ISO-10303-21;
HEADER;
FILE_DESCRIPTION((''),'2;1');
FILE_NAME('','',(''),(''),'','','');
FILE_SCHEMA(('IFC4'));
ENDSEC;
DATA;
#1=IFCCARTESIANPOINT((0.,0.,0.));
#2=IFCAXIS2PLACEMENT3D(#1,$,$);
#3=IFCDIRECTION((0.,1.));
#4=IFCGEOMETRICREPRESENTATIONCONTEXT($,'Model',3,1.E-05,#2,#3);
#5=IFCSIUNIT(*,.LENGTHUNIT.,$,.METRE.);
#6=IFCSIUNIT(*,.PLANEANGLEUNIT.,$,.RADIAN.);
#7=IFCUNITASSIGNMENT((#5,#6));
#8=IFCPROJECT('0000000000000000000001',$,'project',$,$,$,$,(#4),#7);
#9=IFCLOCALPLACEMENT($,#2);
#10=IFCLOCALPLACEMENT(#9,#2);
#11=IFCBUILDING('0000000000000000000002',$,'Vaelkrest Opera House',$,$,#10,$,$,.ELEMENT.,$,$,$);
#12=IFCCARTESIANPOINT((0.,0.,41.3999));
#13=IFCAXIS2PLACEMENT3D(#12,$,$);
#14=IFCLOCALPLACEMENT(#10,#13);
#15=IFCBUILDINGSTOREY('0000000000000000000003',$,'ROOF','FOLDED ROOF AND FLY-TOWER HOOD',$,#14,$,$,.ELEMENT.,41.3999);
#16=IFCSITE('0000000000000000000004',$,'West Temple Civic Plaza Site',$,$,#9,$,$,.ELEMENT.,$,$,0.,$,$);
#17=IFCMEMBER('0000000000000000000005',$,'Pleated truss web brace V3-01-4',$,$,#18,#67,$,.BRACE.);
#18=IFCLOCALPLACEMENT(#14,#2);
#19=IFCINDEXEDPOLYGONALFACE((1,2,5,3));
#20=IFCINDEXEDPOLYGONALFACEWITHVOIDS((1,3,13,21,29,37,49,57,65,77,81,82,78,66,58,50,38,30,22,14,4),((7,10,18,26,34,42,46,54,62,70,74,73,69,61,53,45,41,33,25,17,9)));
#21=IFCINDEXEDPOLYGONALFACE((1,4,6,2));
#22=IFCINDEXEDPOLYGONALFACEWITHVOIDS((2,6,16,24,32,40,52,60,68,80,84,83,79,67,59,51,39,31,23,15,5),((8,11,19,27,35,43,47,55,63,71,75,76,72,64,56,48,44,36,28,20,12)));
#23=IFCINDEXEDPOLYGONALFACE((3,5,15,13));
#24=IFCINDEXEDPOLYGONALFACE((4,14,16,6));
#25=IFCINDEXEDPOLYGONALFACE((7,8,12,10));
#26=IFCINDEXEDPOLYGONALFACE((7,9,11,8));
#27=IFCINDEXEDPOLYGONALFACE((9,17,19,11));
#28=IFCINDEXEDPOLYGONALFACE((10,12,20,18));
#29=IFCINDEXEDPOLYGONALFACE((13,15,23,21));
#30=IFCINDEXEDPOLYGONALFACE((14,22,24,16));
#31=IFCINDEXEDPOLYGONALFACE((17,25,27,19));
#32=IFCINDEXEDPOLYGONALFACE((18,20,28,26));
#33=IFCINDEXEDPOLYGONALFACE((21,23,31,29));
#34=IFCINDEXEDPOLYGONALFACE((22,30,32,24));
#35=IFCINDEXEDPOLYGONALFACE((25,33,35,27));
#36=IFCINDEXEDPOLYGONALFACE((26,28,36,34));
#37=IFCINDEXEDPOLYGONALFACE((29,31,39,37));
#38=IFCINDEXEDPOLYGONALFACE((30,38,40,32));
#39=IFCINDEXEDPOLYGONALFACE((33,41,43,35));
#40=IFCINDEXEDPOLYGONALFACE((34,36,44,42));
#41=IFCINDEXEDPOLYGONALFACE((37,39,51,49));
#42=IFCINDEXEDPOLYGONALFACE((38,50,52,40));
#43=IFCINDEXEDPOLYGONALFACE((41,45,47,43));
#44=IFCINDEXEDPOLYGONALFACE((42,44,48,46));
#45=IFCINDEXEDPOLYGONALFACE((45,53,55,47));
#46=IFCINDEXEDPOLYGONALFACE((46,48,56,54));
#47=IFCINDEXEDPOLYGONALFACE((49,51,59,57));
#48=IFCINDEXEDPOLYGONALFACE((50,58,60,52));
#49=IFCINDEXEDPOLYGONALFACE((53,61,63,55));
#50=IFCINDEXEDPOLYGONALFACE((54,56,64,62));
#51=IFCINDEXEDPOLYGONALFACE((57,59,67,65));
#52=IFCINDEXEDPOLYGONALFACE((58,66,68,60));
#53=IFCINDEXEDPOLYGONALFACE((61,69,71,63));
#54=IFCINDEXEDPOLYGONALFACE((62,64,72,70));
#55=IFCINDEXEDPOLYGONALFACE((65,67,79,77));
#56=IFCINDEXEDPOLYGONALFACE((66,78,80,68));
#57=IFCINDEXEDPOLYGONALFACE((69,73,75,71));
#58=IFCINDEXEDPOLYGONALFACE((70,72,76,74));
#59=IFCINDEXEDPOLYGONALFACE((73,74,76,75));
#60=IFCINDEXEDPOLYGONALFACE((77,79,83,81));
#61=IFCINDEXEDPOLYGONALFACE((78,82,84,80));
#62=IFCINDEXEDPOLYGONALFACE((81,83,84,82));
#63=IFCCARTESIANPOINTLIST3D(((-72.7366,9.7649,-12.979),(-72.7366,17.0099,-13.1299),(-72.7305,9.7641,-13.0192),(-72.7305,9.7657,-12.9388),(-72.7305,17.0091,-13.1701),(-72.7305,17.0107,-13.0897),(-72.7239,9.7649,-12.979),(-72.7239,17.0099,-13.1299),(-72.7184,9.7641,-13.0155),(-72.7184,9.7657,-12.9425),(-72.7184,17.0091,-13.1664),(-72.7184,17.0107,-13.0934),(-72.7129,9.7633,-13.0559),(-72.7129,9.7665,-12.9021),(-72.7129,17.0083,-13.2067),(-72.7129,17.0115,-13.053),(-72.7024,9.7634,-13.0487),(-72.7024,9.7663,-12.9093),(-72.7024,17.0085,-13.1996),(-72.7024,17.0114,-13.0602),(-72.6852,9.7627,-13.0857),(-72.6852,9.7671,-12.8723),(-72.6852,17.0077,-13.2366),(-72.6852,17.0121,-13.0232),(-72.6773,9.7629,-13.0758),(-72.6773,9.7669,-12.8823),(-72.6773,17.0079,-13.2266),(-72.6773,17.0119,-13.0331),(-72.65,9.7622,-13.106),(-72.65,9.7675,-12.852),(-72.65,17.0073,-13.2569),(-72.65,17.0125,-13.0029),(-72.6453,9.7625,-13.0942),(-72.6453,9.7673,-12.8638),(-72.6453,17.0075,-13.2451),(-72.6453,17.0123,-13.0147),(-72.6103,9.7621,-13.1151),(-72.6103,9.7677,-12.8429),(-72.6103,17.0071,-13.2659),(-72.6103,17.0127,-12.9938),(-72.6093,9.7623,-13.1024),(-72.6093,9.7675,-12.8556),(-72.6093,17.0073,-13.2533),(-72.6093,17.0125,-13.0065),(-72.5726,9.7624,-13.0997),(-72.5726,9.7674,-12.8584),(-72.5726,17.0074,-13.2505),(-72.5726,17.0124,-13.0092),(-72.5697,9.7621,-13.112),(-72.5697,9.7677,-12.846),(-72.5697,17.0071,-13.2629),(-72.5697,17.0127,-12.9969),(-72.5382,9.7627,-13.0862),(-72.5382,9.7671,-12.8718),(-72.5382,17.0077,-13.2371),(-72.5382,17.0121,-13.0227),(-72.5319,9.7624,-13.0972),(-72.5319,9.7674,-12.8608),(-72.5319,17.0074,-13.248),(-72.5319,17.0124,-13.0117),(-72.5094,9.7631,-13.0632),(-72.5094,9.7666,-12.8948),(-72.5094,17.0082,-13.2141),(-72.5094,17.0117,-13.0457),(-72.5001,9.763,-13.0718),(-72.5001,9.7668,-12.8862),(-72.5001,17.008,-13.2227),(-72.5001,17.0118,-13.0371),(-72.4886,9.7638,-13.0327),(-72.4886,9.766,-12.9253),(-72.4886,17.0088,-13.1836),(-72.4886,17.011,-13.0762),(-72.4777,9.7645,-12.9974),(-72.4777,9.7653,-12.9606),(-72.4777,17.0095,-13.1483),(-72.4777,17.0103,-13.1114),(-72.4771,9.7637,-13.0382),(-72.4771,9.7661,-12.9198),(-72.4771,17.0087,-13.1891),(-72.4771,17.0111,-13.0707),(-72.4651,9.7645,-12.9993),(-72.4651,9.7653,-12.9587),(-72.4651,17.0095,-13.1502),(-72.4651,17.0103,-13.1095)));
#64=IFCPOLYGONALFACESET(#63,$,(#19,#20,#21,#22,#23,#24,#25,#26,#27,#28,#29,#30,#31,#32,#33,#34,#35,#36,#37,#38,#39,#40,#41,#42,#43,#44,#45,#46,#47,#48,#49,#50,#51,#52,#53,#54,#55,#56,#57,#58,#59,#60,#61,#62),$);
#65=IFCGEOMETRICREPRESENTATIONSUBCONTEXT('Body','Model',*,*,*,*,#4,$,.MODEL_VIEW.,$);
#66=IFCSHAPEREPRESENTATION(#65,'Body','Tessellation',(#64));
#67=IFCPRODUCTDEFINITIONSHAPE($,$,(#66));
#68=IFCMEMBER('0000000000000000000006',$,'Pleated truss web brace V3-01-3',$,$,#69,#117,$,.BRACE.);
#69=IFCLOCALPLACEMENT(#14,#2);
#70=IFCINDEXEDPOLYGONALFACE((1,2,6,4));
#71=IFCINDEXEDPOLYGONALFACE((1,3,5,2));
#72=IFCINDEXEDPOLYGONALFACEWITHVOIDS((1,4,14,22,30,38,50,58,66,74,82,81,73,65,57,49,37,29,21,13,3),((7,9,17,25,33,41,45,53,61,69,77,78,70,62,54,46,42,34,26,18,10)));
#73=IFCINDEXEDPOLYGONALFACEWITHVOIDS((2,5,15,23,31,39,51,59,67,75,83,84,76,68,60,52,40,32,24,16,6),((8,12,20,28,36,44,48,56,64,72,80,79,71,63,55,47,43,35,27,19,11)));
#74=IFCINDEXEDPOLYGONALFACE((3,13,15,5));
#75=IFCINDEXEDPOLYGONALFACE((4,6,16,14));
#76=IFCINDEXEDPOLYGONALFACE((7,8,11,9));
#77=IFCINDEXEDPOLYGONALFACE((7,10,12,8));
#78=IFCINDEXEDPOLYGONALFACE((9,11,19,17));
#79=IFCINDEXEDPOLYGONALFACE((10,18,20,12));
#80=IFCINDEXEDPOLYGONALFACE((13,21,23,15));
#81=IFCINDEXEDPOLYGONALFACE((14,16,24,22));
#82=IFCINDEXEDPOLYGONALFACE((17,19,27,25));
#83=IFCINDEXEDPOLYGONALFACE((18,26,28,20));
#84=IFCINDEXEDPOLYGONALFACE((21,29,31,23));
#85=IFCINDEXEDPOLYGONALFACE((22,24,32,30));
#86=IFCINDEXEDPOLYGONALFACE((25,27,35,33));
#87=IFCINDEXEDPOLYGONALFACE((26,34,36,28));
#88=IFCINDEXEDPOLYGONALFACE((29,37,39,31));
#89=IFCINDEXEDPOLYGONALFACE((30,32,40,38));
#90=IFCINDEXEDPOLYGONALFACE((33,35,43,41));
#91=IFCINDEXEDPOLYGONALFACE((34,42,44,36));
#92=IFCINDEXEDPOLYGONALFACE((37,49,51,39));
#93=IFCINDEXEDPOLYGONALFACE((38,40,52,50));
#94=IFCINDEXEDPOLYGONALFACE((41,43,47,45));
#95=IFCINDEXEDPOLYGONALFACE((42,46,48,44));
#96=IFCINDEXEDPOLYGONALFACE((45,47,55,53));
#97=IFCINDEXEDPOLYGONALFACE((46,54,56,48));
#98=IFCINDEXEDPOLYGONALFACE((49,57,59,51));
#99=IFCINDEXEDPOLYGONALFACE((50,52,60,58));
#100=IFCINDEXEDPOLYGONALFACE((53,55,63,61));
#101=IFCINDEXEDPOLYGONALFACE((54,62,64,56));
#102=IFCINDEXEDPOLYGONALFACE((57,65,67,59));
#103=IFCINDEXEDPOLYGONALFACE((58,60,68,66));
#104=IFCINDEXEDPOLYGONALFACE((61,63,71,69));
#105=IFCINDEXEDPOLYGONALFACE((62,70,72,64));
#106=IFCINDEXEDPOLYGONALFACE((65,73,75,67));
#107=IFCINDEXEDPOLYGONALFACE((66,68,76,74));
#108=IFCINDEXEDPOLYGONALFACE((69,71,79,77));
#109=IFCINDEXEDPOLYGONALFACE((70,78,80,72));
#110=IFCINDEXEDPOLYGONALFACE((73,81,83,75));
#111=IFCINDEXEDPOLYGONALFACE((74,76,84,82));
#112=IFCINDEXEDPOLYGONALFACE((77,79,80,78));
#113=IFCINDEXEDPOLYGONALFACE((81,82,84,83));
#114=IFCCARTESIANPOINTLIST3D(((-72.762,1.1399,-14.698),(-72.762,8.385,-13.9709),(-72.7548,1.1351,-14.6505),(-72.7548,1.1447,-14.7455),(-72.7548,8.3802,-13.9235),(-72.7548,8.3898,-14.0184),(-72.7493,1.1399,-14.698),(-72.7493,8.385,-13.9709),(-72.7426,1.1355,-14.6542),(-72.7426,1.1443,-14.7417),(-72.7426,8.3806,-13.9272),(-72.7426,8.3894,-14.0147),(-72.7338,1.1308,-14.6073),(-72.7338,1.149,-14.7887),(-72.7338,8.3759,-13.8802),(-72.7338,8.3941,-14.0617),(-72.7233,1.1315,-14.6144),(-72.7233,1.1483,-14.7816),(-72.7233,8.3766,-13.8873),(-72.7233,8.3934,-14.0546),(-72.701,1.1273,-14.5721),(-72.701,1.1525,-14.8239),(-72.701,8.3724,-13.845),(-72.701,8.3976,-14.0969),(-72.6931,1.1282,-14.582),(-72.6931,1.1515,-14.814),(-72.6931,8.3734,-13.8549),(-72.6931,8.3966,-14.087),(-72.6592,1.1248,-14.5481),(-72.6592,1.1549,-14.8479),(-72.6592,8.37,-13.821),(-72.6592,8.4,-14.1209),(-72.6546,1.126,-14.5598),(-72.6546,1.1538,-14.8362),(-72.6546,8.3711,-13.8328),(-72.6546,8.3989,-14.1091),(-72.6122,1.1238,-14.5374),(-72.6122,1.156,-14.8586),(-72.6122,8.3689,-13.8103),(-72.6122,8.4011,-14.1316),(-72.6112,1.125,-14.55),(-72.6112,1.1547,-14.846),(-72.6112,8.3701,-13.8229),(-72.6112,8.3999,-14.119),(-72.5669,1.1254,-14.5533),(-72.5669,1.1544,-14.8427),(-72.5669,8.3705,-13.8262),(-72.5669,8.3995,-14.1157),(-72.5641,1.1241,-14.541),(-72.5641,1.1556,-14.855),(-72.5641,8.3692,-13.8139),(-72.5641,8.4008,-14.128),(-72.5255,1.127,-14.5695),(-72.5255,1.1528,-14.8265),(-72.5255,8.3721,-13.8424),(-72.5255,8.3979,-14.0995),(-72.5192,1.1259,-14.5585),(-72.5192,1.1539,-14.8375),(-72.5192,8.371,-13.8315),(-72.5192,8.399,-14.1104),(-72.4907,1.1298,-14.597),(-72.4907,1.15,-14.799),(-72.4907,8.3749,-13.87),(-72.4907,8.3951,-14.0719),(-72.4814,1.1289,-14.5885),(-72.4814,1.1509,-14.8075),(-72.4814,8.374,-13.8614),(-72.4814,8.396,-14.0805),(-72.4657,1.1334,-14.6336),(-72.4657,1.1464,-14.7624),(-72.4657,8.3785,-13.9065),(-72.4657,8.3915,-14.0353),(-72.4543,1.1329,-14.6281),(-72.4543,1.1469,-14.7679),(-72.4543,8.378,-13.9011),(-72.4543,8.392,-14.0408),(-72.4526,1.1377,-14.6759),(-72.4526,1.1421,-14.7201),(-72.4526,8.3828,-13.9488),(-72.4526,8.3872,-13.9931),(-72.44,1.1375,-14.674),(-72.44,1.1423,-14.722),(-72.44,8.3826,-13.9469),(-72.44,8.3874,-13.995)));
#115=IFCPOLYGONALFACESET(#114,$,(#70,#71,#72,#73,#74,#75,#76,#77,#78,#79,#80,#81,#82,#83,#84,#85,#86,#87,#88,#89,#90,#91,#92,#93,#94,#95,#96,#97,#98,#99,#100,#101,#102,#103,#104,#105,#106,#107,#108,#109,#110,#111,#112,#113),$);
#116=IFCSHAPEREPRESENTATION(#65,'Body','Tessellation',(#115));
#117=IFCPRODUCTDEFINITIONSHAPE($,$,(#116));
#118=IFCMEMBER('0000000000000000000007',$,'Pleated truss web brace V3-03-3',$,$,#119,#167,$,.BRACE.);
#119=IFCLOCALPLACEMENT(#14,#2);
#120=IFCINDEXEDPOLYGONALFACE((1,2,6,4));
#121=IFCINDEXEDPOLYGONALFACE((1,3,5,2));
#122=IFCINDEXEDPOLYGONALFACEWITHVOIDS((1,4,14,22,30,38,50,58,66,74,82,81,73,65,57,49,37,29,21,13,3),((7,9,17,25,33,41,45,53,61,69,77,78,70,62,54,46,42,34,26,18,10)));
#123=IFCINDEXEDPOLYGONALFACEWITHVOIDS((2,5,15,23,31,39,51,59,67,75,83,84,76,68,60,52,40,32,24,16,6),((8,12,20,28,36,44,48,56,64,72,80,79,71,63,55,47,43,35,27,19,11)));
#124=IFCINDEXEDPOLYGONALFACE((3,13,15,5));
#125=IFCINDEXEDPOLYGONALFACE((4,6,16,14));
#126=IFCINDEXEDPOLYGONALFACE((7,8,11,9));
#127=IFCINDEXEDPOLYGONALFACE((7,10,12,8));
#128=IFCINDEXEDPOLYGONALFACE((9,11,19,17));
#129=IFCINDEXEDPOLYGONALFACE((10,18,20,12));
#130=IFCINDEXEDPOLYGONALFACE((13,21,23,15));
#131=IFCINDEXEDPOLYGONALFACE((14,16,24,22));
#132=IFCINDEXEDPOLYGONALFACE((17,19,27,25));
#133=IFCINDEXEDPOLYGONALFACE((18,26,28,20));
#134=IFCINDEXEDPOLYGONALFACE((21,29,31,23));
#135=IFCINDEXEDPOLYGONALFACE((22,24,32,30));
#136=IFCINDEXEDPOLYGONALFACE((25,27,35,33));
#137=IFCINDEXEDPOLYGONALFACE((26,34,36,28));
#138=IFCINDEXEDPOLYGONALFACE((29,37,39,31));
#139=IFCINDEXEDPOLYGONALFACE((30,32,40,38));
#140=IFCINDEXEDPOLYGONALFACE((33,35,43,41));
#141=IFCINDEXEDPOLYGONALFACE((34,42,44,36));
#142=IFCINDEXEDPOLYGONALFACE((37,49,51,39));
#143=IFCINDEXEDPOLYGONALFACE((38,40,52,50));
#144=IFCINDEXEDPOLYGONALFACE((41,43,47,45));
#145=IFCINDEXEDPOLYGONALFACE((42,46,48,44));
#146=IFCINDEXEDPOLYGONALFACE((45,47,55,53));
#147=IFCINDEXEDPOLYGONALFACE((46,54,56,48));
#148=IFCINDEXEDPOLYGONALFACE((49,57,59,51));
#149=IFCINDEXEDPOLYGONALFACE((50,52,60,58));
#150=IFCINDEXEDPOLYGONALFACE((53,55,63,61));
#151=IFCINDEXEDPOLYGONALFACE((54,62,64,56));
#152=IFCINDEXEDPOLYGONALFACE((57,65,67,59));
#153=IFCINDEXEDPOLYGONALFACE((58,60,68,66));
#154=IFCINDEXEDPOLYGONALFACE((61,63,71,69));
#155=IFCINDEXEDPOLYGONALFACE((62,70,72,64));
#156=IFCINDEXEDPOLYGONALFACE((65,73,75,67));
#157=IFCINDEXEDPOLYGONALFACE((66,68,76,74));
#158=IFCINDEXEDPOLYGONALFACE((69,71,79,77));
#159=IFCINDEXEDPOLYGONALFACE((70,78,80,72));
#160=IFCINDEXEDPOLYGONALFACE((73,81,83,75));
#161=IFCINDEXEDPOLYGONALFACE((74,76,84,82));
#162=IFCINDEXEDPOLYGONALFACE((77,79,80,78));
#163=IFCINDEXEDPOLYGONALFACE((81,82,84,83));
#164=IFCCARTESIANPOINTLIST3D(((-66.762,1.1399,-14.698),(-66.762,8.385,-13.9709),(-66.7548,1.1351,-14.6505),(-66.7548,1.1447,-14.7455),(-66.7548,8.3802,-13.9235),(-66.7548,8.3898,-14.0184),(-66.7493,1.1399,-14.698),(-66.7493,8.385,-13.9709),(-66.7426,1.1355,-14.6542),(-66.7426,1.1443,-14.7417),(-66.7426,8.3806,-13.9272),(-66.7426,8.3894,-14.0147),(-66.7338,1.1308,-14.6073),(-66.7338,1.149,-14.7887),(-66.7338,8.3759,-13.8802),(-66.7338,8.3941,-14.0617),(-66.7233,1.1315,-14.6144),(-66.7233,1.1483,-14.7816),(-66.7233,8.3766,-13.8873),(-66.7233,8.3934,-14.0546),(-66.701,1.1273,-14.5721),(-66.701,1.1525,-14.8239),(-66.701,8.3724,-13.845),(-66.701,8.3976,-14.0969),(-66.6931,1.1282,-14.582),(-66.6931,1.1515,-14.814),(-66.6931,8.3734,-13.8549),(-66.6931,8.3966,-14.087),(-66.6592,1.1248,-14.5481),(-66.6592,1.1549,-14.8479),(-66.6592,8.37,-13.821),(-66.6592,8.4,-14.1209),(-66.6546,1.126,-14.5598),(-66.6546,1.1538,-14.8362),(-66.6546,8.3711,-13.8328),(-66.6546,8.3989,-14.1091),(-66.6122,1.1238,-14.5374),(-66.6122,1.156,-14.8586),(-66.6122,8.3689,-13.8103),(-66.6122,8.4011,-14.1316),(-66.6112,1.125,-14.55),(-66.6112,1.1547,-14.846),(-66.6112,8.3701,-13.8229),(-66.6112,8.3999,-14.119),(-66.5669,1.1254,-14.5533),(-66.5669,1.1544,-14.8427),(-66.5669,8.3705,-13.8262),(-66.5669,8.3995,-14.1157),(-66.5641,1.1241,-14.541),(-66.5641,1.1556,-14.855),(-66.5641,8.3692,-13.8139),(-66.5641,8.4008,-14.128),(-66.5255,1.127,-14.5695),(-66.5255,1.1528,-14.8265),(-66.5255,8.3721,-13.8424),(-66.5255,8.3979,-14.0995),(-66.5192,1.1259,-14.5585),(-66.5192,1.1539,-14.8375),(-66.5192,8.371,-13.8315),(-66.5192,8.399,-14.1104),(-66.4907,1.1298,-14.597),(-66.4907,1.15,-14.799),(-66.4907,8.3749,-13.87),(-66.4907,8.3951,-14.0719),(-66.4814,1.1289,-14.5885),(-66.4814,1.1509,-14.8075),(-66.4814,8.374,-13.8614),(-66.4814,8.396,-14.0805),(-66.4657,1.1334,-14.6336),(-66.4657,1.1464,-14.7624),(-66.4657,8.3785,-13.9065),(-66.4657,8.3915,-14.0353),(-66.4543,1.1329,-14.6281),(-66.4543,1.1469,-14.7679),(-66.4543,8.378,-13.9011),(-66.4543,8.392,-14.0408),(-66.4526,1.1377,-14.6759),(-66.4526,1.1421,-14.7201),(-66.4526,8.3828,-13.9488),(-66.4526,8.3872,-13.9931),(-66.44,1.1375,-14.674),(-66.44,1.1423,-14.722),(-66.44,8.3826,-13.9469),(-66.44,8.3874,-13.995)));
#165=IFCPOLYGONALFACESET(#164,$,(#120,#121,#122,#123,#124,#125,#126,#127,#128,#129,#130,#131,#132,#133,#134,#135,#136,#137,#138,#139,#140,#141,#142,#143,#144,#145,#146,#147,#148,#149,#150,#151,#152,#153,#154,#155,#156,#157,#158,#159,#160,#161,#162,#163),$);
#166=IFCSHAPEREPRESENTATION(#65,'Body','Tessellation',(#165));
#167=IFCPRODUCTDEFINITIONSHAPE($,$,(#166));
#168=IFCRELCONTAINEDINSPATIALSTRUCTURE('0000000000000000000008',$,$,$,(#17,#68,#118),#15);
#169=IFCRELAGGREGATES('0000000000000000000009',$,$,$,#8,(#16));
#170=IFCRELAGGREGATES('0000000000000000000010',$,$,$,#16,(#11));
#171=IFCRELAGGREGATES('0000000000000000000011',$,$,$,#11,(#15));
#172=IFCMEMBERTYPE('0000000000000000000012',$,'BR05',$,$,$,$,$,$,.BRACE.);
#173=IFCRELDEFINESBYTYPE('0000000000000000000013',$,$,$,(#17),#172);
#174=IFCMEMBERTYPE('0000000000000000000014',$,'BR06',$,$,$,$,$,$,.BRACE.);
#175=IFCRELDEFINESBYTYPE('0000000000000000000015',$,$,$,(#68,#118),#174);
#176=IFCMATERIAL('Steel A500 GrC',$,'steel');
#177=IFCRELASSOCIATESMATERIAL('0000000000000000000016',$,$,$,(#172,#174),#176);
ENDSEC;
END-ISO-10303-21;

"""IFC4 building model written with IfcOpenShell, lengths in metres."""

from ifc_helpers import new_model, si_unit, direction, frame, origin, origin_2d, place, context, subcontext, project, spatial, hollow_circle, extrude, material, material_profile, profile_set, type_object, element, save


model = new_model("IFC4")

# Units and contexts
model_context = context("Model", 3, precision=1e-05, world=origin(), true_north=direction((0.0, 1.0)))
body_context = subcontext(model_context, "Body", "Model", "MODEL_VIEW")
ifc_project = project(units=[si_unit("LENGTHUNIT", "METRE"), si_unit("PLANEANGLEUNIT", "RADIAN")], contexts=[model_context])

# Site, building, storey
site_placement = place(None, origin())
site = spatial("IfcSite", under=ifc_project, at=site_placement, Name="West Temple Civic Plaza Site", CompositionType="ELEMENT", RefElevation=0.0)
building_placement = place(site_placement, origin())
building = spatial("IfcBuilding", under=site, at=building_placement, Name="Vaelkrest Opera House", CompositionType="ELEMENT")
storey_placement = place(building_placement, frame((0.0, 0.0, 41.3999)))
storey = spatial("IfcBuildingStorey", under=building, at=storey_placement, Name="ROOF", Description="FOLDED ROOF AND FLY-TOWER HOOD", CompositionType="ELEMENT", Elevation=41.3999)

# Members
ifc_material_1 = material(Name="Steel A500 GrC", Category="steel")
ifc_material_profile_1 = material_profile(ifc_material_1, hollow_circle(Radius=0.1365, WallThickness=0.0127, at=origin_2d()), Name="HSS273.1X12.7")
ifc_profile_set_1 = profile_set([ifc_material_profile_1], Name="Steel A500 GrC")
member_type_1 = type_object("IfcMemberType", Name="BR05", PredefinedType="BRACE", material=ifc_profile_set_1)
member_1_placement = place(storey_placement, frame((-72.6001, 9.7649, -12.979), z_axis=(0.0, 0.999783, -0.02082), x_axis=(-1.0, 0.0, 0.0)))
element("IfcMember", 1, at=member_1_placement, inside=storey, type_object=member_type_1, Name="Pleated truss web brace V3-01-4", PredefinedType="BRACE", context=body_context, shape_type="SweptSolid", body=[
    extrude(hollow_circle(Radius=0.1365, WallThickness=0.0127, at=origin_2d()), origin(), (0.0, 0.0, 1.0), 7.2466),
])
ifc_material_profile_2 = material_profile(ifc_material_1, hollow_circle(Radius=0.1619, WallThickness=0.0127, at=origin_2d()), Name="HSS323.9X12.7")
ifc_profile_set_2 = profile_set([ifc_material_profile_2], Name="Steel A500 GrC")
member_type_2 = type_object("IfcMemberType", Name="BR06", PredefinedType="BRACE", material=ifc_profile_set_2)
for number, where, z_axis, x_axis, name in (
    (2, (-72.6001, 1.1399, -14.698), (0.0, 0.995003, 0.099849), (-1.0, 0.0, 0.0), "Pleated truss web brace V3-01-3"),
    (3, (-66.6001, 1.1399, -14.698), (0.0, 0.995003, 0.099849), (-1.0, 0.0, 0.0), "Pleated truss web brace V3-03-3"),
):
    element("IfcMember", number, at=place(storey_placement, frame(where, z_axis=z_axis, x_axis=x_axis)), inside=storey, type_object=member_type_2, Name=name, PredefinedType="BRACE", context=body_context, shape_type="SweptSolid", body=[
        extrude(hollow_circle(Radius=0.1619, WallThickness=0.0127, at=origin_2d()), origin(), (0.0, 0.0, 1.0), 7.2815),
    ])

save(model, "model.ifc")
